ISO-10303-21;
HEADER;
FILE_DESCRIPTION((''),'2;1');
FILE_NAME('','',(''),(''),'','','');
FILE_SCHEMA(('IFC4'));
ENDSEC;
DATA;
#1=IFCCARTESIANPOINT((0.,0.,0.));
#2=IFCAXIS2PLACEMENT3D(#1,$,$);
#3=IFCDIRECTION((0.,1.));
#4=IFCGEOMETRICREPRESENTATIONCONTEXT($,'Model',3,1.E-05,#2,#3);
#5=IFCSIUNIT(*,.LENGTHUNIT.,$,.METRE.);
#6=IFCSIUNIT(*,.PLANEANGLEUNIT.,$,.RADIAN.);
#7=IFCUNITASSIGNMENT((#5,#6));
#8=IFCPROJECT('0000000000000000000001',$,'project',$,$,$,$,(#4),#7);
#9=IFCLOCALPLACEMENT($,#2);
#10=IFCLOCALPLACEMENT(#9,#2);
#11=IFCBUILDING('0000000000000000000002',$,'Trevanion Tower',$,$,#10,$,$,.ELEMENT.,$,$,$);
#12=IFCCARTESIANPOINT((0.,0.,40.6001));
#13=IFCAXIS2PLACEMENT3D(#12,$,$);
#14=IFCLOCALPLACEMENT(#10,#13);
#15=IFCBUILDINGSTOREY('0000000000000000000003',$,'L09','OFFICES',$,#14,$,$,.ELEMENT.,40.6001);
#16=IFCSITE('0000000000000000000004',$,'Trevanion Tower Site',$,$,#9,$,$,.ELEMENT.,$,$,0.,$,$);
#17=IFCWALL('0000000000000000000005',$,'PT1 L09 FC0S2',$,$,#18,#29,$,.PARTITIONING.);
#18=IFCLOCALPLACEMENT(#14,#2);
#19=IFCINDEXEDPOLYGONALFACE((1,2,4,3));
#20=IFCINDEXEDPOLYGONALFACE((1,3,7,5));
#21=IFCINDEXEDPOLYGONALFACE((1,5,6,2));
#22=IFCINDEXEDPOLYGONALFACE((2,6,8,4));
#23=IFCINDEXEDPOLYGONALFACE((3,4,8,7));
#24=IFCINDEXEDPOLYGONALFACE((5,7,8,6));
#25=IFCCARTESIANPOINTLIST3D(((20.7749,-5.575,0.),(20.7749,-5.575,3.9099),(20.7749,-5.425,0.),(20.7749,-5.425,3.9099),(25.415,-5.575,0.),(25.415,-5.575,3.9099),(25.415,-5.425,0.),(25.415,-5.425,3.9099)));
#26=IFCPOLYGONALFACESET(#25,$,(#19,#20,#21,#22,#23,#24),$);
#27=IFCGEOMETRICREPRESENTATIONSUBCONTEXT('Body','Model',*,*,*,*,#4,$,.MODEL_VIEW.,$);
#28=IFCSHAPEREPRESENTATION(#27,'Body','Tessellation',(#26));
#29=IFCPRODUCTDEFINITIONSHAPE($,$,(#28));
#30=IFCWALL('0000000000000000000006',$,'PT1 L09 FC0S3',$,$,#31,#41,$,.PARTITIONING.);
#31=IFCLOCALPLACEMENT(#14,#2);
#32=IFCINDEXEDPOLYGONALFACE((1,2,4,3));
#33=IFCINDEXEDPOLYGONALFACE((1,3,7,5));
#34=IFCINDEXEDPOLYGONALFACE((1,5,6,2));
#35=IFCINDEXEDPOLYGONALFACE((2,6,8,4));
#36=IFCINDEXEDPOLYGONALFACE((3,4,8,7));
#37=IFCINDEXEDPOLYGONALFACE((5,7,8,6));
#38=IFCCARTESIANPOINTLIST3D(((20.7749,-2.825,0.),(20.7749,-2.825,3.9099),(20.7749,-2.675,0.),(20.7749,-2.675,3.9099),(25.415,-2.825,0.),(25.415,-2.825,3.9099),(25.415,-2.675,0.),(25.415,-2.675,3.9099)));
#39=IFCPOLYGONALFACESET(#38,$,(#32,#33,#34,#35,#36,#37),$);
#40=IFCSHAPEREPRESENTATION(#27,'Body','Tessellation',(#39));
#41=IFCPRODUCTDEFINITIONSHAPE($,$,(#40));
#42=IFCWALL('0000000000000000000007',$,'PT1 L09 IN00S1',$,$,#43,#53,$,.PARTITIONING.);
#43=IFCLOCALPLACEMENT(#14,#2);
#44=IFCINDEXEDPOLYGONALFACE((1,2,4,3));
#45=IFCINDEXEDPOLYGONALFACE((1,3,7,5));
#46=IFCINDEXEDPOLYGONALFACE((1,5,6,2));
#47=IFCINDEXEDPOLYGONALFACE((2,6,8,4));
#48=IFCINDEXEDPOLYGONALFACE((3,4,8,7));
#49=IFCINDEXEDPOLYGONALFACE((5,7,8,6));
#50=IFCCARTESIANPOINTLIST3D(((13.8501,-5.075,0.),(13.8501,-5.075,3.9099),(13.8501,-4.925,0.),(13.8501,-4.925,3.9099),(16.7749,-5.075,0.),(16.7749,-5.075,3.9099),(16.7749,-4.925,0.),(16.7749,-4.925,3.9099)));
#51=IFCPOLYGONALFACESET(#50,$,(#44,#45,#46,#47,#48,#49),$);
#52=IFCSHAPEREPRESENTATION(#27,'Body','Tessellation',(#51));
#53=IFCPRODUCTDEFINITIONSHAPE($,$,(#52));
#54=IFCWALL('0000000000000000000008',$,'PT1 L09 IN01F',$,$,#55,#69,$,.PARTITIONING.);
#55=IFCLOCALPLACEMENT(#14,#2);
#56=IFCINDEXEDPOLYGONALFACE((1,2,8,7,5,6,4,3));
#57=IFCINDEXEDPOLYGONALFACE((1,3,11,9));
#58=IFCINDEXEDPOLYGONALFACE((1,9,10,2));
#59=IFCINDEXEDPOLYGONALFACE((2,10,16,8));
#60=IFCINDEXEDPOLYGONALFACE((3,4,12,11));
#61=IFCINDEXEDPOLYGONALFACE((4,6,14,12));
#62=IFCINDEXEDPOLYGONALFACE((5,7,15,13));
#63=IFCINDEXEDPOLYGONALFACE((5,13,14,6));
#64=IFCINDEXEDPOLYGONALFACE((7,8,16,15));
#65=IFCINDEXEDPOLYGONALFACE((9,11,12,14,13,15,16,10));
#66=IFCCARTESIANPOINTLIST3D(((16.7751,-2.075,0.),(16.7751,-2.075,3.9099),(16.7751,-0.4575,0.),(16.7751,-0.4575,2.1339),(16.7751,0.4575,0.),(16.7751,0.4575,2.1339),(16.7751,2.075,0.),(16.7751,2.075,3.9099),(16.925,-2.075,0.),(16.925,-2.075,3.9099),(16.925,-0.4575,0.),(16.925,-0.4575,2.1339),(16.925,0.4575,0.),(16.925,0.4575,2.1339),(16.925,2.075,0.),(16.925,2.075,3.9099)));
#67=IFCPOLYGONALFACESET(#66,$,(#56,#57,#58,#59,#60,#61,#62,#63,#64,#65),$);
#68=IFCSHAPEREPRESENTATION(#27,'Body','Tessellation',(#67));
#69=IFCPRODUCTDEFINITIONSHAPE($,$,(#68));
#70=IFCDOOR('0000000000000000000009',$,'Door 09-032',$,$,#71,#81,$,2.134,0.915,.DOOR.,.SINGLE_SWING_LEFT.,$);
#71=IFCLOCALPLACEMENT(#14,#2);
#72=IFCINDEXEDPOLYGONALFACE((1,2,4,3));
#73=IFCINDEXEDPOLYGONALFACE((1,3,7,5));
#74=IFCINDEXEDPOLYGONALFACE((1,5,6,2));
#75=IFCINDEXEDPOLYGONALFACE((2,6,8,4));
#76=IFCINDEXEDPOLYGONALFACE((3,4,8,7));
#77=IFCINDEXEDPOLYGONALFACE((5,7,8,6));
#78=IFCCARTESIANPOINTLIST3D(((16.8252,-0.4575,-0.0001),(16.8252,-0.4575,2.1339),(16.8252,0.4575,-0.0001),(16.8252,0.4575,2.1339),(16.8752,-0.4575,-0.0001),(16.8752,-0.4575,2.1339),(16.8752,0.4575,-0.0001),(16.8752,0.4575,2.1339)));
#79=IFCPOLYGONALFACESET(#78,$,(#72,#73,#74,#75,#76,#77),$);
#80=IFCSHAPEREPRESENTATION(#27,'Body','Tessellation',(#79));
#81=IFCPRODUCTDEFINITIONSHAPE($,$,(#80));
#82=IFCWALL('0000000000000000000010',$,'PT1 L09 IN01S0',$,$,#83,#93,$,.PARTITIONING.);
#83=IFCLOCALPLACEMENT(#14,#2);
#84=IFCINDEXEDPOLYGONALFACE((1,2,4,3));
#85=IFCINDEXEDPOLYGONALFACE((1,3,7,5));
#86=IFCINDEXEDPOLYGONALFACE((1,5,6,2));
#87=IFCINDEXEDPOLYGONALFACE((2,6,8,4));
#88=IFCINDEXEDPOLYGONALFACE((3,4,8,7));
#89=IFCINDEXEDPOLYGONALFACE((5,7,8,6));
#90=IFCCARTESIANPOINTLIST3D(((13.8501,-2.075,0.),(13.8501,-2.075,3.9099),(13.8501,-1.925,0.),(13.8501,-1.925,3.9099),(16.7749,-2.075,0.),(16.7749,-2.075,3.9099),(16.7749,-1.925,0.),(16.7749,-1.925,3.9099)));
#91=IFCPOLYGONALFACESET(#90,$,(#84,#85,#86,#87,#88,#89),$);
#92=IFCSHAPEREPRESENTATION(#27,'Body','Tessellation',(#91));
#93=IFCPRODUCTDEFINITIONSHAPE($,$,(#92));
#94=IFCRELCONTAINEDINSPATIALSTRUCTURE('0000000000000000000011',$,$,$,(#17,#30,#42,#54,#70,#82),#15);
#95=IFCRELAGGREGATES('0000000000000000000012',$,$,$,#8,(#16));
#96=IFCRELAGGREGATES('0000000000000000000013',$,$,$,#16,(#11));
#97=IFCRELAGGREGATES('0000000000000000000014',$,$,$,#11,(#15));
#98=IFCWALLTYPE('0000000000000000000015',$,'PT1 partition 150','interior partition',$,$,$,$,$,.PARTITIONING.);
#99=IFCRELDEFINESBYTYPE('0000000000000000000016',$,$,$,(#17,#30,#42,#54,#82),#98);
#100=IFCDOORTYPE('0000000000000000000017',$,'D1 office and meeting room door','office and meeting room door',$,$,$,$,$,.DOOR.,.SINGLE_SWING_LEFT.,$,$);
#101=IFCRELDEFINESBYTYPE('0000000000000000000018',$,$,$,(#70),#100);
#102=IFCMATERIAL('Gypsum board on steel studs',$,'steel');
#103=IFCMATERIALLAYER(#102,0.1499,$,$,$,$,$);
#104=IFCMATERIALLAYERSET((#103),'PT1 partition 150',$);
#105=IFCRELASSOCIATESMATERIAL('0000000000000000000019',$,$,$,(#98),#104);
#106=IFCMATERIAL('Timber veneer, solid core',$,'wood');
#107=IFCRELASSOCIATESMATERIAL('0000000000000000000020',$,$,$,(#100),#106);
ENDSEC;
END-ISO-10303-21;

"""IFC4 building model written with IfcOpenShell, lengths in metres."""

from ifc_helpers import new_model, si_unit, direction, frame, frame_2d, origin, place, context, subcontext, project, spatial, rectangle, extrude, material, layer, layer_set, type_object, element, fill, save


model = new_model("IFC4")

# Units and contexts
model_context = context("Model", 3, precision=1e-05, world=origin(), true_north=direction((0.0, 1.0)))
body_context = subcontext(model_context, "Body", "Model", "MODEL_VIEW")
ifc_project = project(units=[si_unit("LENGTHUNIT", "METRE"), si_unit("PLANEANGLEUNIT", "RADIAN")], contexts=[model_context])

# Site, building, storey
site_placement = place(None, origin())
site = spatial("IfcSite", under=ifc_project, at=site_placement, Name="Trevanion Tower Site", CompositionType="ELEMENT", RefElevation=0.0)
building_placement = place(site_placement, origin())
building = spatial("IfcBuilding", under=site, at=building_placement, Name="Trevanion Tower", CompositionType="ELEMENT")
storey_placement = place(building_placement, frame((0.0, 0.0, 40.6001)))
storey = spatial("IfcBuildingStorey", under=building, at=storey_placement, Name="L09", Description="OFFICES", CompositionType="ELEMENT", Elevation=40.6001)

# Walls
ifc_material_1 = material(Name="Gypsum board on steel studs", Category="steel")
ifc_layer_1 = layer(ifc_material_1, 0.1499)
ifc_layer_set_1 = layer_set([ifc_layer_1], Name="PT1 partition 150")
wall_type = type_object("IfcWallType", Name="PT1 partition 150", Description="interior partition", PredefinedType="PARTITIONING", material=ifc_layer_set_1)
for number, where, z_axis, x_axis, name in (
    (1, (20.7749, -5.5, 0.0), (0.0, 0.0, 1.0), (1.0, 0.0, 0.0), "PT1 L09 FC0S2"),
    (2, (20.7749, -2.75, 0.0), (0.0, 0.0, 1.0), (1.0, 0.0, 0.0), "PT1 L09 FC0S3"),
):
    element("IfcWall", number, at=place(storey_placement, frame(where, z_axis=z_axis, x_axis=x_axis)), inside=storey, type_object=wall_type, Name=name, PredefinedType="PARTITIONING", context=body_context, shape_type="SweptSolid", body=[
        extrude(rectangle(XDim=4.6401, YDim=0.1499, at=frame_2d((2.3201, 0.0))), origin(), (0.0, 0.0, 1.0), 3.9099),
    ])
wall_1_placement = place(storey_placement, frame((16.7749, -5.0, 0.0), z_axis=(0.0, 0.0, 1.0), x_axis=(-1.0, 0.0, 0.0)))
element("IfcWall", 3, at=wall_1_placement, inside=storey, type_object=wall_type, Name="PT1 L09 IN00S1", PredefinedType="PARTITIONING", context=body_context, shape_type="SweptSolid", body=[
    extrude(rectangle(XDim=2.9248, YDim=0.1499, at=frame_2d((1.4624, 0.0))), origin(), (0.0, 0.0, 1.0), 3.9099),
])

# Wall, opening, door
wall_2_placement = place(storey_placement, frame((16.8501, -2.075, 0.0), z_axis=(0.0, 0.0, 1.0), x_axis=(0.0, 1.0, 0.0)))
wall_2 = element("IfcWall", 4, at=wall_2_placement, inside=storey, type_object=wall_type, Name="PT1 L09 IN01F", PredefinedType="PARTITIONING", context=body_context, shape_type="SweptSolid", body=[
    extrude(rectangle(XDim=4.1499, YDim=0.1499, at=frame_2d((2.075, 0.0))), origin(), (0.0, 0.0, 1.0), 3.9099),
])
opening_placement = place(wall_2_placement, frame((1.6174, 0.0, 0.0)))
opening = element("IfcOpeningElement", 5, at=opening_placement, cuts=wall_2, PredefinedType="OPENING", context=body_context, shape_type="SweptSolid", body=[
    extrude(rectangle(XDim=0.915, YDim=2.134, at=frame_2d((0.4575, 1.0669))), frame((0.0, 0.085, 0.0), z_axis=(0.0, -1.0, 0.0), x_axis=(1.0, 0.0, 0.0)), (0.0, 0.0, 1.0), 0.1699),
])
ifc_material_2 = material(Name="Timber veneer, solid core", Category="wood")
door_type = type_object("IfcDoorType", Name="D1 office and meeting room door", Description="office and meeting room door", OperationType="SINGLE_SWING_LEFT", PredefinedType="DOOR", material=ifc_material_2)
door_placement = place(opening_placement, origin())
door = element("IfcDoor", 6, at=door_placement, inside=storey, type_object=door_type, Name="Door 09-032", OperationType="SINGLE_SWING_LEFT", OverallHeight=2.134, OverallWidth=0.915, PredefinedType="DOOR", context=body_context, shape_type="SweptSolid", body=[
    extrude(rectangle(XDim=0.915, YDim=2.134, at=frame_2d((0.4575, 1.0669))), frame((0.0, 0.0249, 0.0), z_axis=(0.0, -1.0, 0.0), x_axis=(1.0, 0.0, 0.0)), (0.0, 0.0, 1.0), 0.05),
])
fill(opening, door)

# Wall
wall_3_placement = place(storey_placement, frame((16.7749, -2.0, 0.0), z_axis=(0.0, 0.0, 1.0), x_axis=(-1.0, 0.0, 0.0)))
element("IfcWall", 7, at=wall_3_placement, inside=storey, type_object=wall_type, Name="PT1 L09 IN01S0", PredefinedType="PARTITIONING", context=body_context, shape_type="SweptSolid", body=[
    extrude(rectangle(XDim=2.9248, YDim=0.1499, at=frame_2d((1.4624, 0.0))), origin(), (0.0, 0.0, 1.0), 3.9099),
])

save(model, "model.ifc")
